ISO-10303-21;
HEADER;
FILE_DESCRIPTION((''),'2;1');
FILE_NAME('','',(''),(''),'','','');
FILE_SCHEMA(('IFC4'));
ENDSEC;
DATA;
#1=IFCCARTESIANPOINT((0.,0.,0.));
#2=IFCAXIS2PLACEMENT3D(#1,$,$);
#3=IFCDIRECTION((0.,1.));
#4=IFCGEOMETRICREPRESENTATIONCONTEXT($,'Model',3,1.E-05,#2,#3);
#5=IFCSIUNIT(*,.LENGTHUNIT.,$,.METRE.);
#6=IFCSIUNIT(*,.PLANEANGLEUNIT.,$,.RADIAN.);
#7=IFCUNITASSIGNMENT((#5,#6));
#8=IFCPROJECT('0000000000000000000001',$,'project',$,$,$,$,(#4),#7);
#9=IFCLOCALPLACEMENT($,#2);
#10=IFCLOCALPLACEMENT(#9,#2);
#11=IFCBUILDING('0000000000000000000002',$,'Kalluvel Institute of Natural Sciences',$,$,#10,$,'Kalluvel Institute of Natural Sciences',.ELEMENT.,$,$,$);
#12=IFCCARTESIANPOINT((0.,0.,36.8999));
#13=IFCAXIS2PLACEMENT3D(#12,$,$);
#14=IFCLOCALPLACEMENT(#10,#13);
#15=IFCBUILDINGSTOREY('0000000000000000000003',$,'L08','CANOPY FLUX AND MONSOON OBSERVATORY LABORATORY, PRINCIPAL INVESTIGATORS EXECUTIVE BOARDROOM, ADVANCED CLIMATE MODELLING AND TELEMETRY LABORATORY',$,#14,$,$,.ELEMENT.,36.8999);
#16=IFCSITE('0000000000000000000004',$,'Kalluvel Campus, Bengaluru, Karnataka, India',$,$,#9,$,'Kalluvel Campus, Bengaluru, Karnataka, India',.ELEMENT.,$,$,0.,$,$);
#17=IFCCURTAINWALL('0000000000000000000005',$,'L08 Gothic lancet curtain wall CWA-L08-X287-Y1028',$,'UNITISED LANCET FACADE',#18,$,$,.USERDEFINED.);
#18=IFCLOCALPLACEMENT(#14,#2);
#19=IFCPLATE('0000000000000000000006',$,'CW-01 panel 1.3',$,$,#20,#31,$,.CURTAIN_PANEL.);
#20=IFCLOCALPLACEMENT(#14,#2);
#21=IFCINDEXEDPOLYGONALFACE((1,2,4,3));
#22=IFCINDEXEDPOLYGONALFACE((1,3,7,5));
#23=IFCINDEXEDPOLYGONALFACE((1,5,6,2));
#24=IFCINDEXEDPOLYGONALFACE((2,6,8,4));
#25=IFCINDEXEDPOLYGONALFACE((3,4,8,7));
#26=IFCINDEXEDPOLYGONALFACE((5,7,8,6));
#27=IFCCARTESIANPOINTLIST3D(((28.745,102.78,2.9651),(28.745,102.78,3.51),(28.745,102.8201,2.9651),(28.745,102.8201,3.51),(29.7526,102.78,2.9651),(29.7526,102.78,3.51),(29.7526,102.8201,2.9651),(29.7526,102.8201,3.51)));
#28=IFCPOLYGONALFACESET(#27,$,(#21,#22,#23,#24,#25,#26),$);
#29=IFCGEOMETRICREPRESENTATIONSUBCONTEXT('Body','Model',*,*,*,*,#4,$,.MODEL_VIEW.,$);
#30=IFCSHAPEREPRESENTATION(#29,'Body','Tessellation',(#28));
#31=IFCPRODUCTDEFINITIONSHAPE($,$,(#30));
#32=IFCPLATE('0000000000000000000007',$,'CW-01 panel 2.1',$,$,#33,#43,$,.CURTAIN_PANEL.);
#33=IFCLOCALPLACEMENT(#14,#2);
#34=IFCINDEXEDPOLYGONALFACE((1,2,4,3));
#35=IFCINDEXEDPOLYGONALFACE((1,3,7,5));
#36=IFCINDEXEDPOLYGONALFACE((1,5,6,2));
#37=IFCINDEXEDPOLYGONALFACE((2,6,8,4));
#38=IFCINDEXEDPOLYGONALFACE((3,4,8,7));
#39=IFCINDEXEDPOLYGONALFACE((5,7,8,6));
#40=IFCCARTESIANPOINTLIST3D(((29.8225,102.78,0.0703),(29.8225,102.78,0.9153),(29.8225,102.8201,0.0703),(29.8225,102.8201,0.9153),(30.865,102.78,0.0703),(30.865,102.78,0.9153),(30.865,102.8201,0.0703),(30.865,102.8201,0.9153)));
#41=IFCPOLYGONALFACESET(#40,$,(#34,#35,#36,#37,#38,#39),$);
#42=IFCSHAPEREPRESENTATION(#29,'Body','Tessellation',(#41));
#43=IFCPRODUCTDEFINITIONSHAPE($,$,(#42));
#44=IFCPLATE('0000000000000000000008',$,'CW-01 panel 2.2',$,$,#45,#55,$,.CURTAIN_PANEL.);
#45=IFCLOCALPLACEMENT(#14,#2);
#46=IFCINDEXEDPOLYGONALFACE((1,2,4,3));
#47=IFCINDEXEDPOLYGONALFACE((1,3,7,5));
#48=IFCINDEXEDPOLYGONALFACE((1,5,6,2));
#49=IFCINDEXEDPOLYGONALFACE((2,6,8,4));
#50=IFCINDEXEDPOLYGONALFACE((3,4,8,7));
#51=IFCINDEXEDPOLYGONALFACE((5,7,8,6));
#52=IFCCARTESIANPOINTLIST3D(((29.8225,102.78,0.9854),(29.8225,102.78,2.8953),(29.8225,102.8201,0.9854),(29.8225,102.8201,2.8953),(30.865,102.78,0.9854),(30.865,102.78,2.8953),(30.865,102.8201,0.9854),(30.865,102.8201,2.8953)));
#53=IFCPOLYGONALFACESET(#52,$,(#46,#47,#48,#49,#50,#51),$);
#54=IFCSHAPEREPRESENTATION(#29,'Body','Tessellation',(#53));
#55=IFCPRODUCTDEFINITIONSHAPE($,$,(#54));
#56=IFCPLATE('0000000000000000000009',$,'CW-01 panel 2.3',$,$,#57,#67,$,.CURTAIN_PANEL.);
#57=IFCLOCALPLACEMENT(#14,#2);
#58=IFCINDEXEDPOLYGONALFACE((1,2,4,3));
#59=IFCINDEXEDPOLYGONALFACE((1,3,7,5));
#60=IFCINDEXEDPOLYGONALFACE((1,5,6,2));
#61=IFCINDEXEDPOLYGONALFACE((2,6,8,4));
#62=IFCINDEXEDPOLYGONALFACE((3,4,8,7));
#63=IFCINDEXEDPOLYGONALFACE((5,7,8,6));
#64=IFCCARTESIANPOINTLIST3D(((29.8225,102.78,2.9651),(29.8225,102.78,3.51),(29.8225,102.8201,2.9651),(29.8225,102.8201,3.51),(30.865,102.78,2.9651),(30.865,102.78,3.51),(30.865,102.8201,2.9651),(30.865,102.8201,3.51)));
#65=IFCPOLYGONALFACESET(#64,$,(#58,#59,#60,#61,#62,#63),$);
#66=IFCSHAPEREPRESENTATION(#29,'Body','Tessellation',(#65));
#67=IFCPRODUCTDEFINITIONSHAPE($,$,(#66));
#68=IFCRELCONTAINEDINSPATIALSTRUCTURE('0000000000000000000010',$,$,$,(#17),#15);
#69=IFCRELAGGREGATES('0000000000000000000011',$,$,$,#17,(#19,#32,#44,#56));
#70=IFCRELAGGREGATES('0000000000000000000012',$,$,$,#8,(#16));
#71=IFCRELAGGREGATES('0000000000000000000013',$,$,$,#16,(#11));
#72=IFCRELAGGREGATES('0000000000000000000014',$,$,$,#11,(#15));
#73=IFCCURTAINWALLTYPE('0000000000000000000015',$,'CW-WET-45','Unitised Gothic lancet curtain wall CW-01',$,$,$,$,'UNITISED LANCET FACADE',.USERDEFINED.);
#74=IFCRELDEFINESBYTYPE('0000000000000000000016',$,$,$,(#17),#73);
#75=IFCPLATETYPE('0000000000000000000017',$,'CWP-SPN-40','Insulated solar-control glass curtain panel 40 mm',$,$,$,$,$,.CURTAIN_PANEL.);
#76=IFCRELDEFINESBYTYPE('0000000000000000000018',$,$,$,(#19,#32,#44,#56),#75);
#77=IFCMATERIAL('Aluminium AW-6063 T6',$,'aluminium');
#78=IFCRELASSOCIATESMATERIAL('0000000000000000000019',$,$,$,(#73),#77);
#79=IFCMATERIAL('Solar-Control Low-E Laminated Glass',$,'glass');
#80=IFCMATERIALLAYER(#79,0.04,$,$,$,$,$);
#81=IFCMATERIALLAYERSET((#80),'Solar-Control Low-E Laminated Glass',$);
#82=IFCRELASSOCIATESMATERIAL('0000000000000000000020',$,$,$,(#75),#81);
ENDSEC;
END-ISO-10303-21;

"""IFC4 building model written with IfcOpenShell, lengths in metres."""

from ifc_helpers import new_model, si_unit, direction, frame, origin, origin_2d, place, context, subcontext, project, spatial, rectangle, extrude, material, layer, layer_set, type_object, element, aggregate, save


model = new_model("IFC4")

# Units and contexts
model_context = context("Model", 3, precision=1e-05, world=origin(), true_north=direction((0.0, 1.0)))
body_context = subcontext(model_context, "Body", "Model", "MODEL_VIEW")
ifc_project = project(units=[si_unit("LENGTHUNIT", "METRE"), si_unit("PLANEANGLEUNIT", "RADIAN")], contexts=[model_context])

# Site, building, storey
site_placement = place(None, origin())
site = spatial("IfcSite", under=ifc_project, at=site_placement, Name="Kalluvel Campus, Bengaluru, Karnataka, India", LongName="Kalluvel Campus, Bengaluru, Karnataka, India", CompositionType="ELEMENT", RefElevation=0.0)
building_placement = place(site_placement, origin())
building = spatial("IfcBuilding", under=site, at=building_placement, Name="Kalluvel Institute of Natural Sciences", LongName="Kalluvel Institute of Natural Sciences", CompositionType="ELEMENT")
storey_placement = place(building_placement, frame((0.0, 0.0, 36.8999)))
storey = spatial("IfcBuildingStorey", under=building, at=storey_placement, Name="L08", Description="CANOPY FLUX AND MONSOON OBSERVATORY LABORATORY, PRINCIPAL INVESTIGATORS EXECUTIVE BOARDROOM, ADVANCED CLIMATE MODELLING AND TELEMETRY LABORATORY", CompositionType="ELEMENT", Elevation=36.8999)

# Curtain wall
ifc_material_1 = material(Name="Aluminium AW-6063 T6", Category="aluminium")
curtain_wall_type = type_object("IfcCurtainWallType", Name="CW-WET-45", Description="Unitised Gothic lancet curtain wall CW-01", ElementType="UNITISED LANCET FACADE", PredefinedType="USERDEFINED", material=ifc_material_1)
curtain_wall_1_placement = place(storey_placement, origin())
curtain_wall_1 = element("IfcCurtainWall", 1, at=curtain_wall_1_placement, inside=storey, type_object=curtain_wall_type, Name="L08 Gothic lancet curtain wall CWA-L08-X287-Y1028", ObjectType="UNITISED LANCET FACADE", PredefinedType="USERDEFINED")

# Plates
ifc_material_2 = material(Name="Solar-Control Low-E Laminated Glass", Category="glass")
ifc_layer = layer(ifc_material_2, 0.04)
ifc_layer_set = layer_set([ifc_layer], Name="Solar-Control Low-E Laminated Glass")
plate_type = type_object("IfcPlateType", Name="CWP-SPN-40", Description="Insulated solar-control glass curtain panel 40 mm", PredefinedType="CURTAIN_PANEL", material=ifc_layer_set)
plate_1_placement = place(storey_placement, frame((29.2488, 102.8, 2.9651), z_axis=(0.0, 0.0, 1.0), x_axis=(1.0, 0.0, 0.0)))
plate_1 = element("IfcPlate", 2, at=plate_1_placement, type_object=plate_type, Name="CW-01 panel 1.3", PredefinedType="CURTAIN_PANEL", context=body_context, shape_type="SweptSolid", body=[
    extrude(rectangle(XDim=1.0076, YDim=0.04, at=origin_2d()), origin(), (0.0, 0.0, 1.0), 0.5449),
])
plate_2_placement = place(storey_placement, frame((30.3438, 102.8, 0.0703), z_axis=(0.0, 0.0, 1.0), x_axis=(1.0, 0.0, 0.0)))
plate_2 = element("IfcPlate", 3, at=plate_2_placement, type_object=plate_type, Name="CW-01 panel 2.1", PredefinedType="CURTAIN_PANEL", context=body_context, shape_type="SweptSolid", body=[
    extrude(rectangle(XDim=1.0425, YDim=0.04, at=origin_2d()), origin(), (0.0, 0.0, 1.0), 0.845),
])
plate_3_placement = place(storey_placement, frame((30.3438, 102.8, 0.9854), z_axis=(0.0, 0.0, 1.0), x_axis=(1.0, 0.0, 0.0)))
plate_3 = element("IfcPlate", 4, at=plate_3_placement, type_object=plate_type, Name="CW-01 panel 2.2", PredefinedType="CURTAIN_PANEL", context=body_context, shape_type="SweptSolid", body=[
    extrude(rectangle(XDim=1.0425, YDim=0.04, at=origin_2d()), origin(), (0.0, 0.0, 1.0), 1.9099),
])
plate_4_placement = place(storey_placement, frame((30.3438, 102.8, 2.9651), z_axis=(0.0, 0.0, 1.0), x_axis=(1.0, 0.0, 0.0)))
plate_4 = element("IfcPlate", 5, at=plate_4_placement, type_object=plate_type, Name="CW-01 panel 2.3", PredefinedType="CURTAIN_PANEL", context=body_context, shape_type="SweptSolid", body=[
    extrude(rectangle(XDim=1.0425, YDim=0.04, at=origin_2d()), origin(), (0.0, 0.0, 1.0), 0.5449),
])
aggregate(curtain_wall_1, [plate_1, plate_2, plate_3, plate_4])

save(model, "model.ifc")
